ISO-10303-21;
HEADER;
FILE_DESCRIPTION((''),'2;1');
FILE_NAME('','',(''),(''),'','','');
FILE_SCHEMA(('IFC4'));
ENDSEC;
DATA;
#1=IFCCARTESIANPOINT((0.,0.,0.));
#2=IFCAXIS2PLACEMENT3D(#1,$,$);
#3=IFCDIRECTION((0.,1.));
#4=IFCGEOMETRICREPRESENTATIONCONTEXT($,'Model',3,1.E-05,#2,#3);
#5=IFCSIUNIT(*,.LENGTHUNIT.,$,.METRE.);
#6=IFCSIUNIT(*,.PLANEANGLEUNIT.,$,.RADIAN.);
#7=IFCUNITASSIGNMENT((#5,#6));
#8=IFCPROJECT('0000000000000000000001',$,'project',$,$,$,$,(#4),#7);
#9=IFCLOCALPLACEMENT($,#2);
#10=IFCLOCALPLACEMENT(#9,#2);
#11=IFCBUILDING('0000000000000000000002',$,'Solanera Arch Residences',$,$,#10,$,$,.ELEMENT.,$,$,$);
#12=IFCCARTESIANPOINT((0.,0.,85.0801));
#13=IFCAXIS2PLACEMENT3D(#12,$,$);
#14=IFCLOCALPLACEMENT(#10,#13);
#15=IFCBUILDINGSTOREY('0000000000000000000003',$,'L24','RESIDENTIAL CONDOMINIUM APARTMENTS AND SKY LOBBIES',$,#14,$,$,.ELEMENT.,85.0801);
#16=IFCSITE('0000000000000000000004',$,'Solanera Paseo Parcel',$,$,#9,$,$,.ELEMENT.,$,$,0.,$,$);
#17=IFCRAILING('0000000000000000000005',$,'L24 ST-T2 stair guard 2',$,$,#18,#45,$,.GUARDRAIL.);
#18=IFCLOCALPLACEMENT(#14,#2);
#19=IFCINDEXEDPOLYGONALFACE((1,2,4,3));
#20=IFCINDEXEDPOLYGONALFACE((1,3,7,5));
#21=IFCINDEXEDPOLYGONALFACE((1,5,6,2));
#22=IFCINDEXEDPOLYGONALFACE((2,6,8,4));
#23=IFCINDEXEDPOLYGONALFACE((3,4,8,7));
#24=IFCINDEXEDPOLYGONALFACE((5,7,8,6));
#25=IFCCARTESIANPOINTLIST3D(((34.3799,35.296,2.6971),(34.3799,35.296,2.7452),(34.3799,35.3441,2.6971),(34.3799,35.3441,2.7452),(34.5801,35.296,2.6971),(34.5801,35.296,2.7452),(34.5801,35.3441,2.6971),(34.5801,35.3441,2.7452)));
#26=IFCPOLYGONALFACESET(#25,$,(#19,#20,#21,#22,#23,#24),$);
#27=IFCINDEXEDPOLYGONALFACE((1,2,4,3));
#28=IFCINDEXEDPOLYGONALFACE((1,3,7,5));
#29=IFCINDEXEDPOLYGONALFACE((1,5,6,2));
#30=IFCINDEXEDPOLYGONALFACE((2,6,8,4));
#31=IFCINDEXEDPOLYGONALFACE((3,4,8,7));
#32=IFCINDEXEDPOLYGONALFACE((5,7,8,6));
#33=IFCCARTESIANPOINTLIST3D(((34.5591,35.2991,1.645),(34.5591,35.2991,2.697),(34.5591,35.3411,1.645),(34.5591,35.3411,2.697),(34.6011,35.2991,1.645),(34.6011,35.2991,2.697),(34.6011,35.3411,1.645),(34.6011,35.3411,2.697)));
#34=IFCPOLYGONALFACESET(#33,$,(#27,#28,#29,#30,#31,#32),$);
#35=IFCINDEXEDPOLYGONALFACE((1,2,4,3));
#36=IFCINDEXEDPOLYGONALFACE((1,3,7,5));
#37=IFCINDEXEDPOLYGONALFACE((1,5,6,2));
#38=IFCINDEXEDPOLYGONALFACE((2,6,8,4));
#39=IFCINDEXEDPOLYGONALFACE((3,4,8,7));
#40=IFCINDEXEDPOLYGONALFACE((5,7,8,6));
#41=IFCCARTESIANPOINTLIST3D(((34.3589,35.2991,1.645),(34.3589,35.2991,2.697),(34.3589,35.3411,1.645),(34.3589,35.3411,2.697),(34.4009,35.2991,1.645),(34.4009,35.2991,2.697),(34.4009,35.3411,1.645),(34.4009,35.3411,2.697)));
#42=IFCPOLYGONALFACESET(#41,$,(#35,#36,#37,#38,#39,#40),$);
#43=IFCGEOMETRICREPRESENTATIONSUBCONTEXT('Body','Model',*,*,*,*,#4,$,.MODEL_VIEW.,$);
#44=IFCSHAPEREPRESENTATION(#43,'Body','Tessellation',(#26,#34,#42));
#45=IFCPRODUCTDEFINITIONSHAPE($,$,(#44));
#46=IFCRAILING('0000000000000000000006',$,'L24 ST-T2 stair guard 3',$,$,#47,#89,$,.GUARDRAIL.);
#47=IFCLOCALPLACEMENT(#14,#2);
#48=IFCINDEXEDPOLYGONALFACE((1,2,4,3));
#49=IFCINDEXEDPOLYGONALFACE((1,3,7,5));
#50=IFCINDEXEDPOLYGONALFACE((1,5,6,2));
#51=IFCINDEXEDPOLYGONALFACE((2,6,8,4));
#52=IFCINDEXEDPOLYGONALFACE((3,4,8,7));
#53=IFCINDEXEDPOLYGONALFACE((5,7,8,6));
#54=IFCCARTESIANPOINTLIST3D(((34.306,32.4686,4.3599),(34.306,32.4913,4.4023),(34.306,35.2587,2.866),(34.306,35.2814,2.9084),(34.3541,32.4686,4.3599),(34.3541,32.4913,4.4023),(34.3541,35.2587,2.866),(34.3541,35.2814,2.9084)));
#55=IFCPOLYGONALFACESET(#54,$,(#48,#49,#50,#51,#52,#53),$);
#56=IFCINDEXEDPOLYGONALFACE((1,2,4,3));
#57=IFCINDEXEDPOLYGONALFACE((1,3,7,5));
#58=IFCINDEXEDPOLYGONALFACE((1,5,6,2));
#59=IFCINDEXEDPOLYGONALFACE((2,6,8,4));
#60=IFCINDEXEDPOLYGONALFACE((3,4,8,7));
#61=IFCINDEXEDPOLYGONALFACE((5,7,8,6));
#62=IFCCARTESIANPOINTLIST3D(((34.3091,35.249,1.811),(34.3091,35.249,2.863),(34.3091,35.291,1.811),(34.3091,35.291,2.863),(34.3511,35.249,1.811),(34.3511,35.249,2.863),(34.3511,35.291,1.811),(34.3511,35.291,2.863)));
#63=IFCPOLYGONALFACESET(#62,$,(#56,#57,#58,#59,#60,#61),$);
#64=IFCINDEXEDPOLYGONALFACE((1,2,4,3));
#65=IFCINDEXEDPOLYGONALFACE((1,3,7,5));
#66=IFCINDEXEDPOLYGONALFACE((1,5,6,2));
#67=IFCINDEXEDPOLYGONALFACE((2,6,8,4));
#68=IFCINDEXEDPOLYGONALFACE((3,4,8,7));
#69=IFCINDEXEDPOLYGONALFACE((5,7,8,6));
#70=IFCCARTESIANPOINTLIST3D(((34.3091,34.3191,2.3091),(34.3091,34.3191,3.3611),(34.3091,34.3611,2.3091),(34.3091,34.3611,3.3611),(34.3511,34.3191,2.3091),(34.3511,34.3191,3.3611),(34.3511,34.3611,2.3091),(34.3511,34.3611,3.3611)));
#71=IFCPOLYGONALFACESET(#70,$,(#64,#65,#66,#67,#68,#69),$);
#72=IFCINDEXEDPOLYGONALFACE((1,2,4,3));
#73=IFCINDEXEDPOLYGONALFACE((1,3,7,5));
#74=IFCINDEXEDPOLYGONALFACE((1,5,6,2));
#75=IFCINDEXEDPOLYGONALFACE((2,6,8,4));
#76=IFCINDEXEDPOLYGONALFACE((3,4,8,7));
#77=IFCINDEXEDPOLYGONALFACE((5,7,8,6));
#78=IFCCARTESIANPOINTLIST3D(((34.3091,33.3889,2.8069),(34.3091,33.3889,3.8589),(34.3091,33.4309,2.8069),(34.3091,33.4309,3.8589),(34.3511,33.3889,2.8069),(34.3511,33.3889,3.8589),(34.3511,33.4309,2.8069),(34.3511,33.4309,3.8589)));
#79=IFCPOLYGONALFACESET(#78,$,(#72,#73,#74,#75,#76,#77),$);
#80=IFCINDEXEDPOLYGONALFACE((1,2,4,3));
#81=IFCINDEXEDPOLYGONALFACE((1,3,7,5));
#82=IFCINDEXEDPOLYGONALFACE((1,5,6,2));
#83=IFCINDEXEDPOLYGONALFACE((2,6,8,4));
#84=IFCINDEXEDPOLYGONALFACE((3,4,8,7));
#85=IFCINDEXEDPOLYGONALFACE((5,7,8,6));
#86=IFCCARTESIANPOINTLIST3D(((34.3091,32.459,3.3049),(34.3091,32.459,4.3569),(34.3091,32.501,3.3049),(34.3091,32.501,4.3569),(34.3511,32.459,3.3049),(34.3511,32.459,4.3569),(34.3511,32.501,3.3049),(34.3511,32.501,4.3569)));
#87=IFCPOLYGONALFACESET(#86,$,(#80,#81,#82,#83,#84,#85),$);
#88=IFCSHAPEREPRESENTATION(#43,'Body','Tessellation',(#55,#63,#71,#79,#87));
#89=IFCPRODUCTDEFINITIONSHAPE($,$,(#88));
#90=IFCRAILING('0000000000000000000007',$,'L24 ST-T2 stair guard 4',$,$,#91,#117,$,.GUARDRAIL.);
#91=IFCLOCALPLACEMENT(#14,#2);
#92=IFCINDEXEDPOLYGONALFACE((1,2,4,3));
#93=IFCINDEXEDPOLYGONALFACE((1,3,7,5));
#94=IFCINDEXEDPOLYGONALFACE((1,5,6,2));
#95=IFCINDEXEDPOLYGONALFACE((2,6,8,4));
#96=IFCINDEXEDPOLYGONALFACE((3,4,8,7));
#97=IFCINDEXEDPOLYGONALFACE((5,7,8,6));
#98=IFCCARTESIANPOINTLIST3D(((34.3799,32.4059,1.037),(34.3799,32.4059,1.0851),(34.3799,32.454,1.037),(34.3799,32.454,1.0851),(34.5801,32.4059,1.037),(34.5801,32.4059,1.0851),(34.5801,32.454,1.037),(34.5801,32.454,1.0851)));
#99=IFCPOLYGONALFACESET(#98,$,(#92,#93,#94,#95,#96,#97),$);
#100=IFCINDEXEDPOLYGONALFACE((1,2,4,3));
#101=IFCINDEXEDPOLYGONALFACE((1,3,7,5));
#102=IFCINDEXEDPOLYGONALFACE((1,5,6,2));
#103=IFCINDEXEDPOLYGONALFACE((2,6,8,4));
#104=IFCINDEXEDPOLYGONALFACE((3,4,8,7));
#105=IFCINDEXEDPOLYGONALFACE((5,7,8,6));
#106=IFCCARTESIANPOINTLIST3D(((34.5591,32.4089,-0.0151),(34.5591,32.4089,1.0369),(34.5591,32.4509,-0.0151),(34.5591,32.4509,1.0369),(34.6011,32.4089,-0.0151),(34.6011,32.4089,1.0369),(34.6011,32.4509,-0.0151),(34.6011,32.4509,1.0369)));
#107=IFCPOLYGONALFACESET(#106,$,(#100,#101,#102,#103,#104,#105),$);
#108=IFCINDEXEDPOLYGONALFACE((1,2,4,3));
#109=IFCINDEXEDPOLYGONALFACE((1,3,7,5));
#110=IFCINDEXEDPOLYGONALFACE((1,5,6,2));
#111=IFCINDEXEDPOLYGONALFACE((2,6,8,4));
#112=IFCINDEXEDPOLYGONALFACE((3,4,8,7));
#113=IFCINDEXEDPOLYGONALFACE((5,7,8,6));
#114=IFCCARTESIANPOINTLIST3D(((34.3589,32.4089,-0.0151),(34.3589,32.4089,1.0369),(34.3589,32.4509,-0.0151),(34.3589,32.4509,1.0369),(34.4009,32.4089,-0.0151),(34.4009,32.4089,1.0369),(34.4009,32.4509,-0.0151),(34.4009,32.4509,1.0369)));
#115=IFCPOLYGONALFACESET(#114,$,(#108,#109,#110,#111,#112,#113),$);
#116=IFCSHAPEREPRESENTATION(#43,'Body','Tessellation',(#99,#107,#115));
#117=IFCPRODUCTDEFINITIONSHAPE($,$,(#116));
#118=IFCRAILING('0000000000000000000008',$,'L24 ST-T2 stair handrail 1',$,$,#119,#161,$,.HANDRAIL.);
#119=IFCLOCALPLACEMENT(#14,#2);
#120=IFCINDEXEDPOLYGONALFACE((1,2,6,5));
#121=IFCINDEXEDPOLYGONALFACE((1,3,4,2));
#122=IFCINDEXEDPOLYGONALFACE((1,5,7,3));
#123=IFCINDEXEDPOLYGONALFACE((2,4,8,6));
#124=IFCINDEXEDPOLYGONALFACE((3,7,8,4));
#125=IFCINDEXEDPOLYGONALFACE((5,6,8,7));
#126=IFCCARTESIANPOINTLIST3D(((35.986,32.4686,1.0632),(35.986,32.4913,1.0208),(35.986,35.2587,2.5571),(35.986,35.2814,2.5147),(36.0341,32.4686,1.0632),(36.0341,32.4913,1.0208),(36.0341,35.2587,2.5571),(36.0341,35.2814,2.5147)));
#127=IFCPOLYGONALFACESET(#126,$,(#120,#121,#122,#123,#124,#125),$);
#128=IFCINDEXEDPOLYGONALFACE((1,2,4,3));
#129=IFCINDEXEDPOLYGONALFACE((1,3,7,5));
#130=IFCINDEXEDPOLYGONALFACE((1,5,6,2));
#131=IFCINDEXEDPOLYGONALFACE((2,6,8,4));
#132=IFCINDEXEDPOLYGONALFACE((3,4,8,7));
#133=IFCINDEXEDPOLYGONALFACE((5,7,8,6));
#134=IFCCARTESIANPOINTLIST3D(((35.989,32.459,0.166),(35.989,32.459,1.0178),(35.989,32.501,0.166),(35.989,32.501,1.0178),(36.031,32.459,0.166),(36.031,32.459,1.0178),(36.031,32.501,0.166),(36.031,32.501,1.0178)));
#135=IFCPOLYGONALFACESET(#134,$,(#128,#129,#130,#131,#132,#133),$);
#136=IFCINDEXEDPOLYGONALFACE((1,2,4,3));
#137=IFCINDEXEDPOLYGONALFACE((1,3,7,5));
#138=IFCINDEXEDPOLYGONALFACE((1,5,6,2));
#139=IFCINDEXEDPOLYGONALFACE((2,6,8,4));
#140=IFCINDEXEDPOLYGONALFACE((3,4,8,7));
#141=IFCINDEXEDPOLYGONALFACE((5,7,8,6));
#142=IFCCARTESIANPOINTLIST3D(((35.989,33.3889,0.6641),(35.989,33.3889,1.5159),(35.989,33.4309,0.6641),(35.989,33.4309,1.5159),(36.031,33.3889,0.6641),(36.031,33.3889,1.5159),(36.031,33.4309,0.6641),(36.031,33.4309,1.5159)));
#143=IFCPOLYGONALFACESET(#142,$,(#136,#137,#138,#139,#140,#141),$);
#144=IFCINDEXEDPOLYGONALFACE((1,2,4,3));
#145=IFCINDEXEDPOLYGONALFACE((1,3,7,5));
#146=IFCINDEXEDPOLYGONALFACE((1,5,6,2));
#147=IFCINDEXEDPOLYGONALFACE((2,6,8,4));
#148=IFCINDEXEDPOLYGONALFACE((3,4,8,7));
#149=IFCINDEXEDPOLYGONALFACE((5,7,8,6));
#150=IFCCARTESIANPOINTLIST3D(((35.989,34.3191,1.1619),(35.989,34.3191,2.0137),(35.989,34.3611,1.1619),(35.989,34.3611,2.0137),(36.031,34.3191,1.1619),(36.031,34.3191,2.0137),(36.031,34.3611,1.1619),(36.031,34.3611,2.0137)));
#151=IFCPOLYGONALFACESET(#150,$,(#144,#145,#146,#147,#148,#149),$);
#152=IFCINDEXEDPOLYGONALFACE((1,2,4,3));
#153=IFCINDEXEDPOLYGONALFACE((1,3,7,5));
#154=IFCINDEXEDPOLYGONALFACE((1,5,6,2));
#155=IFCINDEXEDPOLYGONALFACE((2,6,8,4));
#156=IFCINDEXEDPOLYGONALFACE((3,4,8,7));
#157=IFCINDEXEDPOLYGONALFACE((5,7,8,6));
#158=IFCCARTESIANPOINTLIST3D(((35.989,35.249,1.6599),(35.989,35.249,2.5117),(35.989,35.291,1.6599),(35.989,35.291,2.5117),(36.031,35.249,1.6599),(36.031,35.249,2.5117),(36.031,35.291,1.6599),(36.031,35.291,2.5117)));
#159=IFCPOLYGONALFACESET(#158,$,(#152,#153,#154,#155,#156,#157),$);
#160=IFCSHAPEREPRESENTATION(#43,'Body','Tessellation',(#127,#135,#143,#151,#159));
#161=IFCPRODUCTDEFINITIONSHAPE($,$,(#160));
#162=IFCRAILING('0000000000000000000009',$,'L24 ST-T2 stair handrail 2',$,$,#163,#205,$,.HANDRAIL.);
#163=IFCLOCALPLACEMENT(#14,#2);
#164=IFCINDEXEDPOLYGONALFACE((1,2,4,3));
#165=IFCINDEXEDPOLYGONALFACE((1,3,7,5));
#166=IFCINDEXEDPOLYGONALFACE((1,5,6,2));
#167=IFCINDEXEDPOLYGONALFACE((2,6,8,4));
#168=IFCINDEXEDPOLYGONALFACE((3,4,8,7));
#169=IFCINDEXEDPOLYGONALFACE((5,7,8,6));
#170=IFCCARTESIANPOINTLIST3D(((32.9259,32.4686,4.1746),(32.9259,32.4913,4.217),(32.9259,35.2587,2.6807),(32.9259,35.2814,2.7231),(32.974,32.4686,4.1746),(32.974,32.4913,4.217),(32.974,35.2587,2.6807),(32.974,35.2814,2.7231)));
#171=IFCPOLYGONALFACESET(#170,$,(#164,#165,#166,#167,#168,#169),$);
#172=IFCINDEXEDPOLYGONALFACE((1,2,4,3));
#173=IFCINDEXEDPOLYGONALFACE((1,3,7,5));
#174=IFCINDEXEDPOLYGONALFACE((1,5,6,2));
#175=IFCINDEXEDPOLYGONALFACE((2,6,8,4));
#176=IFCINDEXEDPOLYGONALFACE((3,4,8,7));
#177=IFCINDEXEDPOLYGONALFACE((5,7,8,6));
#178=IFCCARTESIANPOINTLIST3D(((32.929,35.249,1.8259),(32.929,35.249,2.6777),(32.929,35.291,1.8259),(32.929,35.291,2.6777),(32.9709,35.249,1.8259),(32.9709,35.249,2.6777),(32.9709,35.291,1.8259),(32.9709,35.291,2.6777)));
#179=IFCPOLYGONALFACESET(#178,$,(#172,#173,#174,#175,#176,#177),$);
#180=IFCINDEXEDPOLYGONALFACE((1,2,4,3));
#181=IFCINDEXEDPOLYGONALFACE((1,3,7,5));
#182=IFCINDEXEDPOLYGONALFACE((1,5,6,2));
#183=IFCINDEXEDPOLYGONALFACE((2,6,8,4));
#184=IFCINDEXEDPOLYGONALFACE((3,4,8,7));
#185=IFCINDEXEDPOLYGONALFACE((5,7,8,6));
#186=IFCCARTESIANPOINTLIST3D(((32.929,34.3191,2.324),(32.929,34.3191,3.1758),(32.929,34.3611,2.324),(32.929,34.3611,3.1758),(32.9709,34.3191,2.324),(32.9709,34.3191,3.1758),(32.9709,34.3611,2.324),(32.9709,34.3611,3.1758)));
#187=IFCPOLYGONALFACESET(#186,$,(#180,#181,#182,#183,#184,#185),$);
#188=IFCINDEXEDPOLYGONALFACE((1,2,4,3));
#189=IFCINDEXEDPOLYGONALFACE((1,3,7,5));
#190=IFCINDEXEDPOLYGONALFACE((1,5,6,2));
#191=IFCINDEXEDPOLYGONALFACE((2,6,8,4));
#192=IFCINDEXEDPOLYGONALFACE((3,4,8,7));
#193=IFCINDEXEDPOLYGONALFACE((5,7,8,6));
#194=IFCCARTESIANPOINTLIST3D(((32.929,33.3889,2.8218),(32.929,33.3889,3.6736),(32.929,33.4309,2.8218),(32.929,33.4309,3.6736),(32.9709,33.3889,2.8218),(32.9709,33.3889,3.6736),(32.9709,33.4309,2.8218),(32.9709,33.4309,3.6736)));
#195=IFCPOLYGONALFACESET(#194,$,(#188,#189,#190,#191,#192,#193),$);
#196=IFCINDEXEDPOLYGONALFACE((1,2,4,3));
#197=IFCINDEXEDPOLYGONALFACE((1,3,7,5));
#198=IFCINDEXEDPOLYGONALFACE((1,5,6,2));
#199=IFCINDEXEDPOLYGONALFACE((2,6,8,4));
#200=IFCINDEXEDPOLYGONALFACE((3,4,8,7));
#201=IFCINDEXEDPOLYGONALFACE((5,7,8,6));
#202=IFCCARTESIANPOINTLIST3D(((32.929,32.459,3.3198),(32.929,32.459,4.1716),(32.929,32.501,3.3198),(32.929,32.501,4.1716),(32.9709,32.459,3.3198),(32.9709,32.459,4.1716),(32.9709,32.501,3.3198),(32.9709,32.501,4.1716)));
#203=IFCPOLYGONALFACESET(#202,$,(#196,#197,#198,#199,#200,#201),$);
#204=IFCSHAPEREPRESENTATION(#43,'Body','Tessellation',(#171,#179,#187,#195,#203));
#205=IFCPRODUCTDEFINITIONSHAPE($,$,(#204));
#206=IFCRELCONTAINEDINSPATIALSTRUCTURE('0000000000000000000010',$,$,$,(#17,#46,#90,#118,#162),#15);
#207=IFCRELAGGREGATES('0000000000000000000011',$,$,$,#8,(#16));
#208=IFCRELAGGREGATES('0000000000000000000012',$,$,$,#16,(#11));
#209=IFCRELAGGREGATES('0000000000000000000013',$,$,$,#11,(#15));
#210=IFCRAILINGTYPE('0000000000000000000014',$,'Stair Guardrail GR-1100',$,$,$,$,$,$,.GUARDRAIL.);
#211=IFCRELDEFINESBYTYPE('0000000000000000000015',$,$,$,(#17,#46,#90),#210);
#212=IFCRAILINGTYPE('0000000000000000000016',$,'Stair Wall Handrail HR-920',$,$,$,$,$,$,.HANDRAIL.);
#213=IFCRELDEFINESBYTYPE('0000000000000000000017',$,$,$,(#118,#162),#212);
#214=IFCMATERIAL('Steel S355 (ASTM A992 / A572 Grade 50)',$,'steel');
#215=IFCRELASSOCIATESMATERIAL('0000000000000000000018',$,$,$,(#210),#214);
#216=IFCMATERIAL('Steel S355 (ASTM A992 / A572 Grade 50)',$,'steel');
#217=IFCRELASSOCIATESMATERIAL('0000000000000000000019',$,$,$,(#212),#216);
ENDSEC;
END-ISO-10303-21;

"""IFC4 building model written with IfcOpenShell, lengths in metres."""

from ifc_helpers import new_model, si_unit, direction, frame, origin, origin_2d, place, context, subcontext, project, spatial, rectangle, extrude, material, type_object, element, save


model = new_model("IFC4")

# Units and contexts
model_context = context("Model", 3, precision=1e-05, world=origin(), true_north=direction((0.0, 1.0)))
body_context = subcontext(model_context, "Body", "Model", "MODEL_VIEW")
ifc_project = project(units=[si_unit("LENGTHUNIT", "METRE"), si_unit("PLANEANGLEUNIT", "RADIAN")], contexts=[model_context])

# Site, building, storey
site_placement = place(None, origin())
site = spatial("IfcSite", under=ifc_project, at=site_placement, Name="Solanera Paseo Parcel", CompositionType="ELEMENT", RefElevation=0.0)
building_placement = place(site_placement, origin())
building = spatial("IfcBuilding", under=site, at=building_placement, Name="Solanera Arch Residences", CompositionType="ELEMENT")
storey_placement = place(building_placement, frame((0.0, 0.0, 85.0801)))
storey = spatial("IfcBuildingStorey", under=building, at=storey_placement, Name="L24", Description="RESIDENTIAL CONDOMINIUM APARTMENTS AND SKY LOBBIES", CompositionType="ELEMENT", Elevation=85.0801)

# Railings
ifc_material_1 = material(Name="Steel S355 (ASTM A992 / A572 Grade 50)", Category="steel")
railing_type_1 = type_object("IfcRailingType", Name="Stair Guardrail GR-1100", PredefinedType="GUARDRAIL", material=ifc_material_1)
railing_1_placement = place(storey_placement, frame((34.5801, 35.3201, 1.645)))
element("IfcRailing", 1, at=railing_1_placement, inside=storey, type_object=railing_type_1, Name="L24 ST-T2 stair guard 2", PredefinedType="GUARDRAIL", context=body_context, shape_type="SweptSolid", body=[
    extrude(rectangle(XDim=0.0481, YDim=0.0481, at=origin_2d()), frame((0.0, 0.0, 1.0762), z_axis=(-1.0, 0.0, 0.0), x_axis=(0.0, -1.0, 0.0)), (0.0, 0.0, 1.0), 0.2002),
    extrude(rectangle(XDim=0.042, YDim=0.042, at=origin_2d()), origin(), (0.0, 0.0, 1.0), 1.052),
    extrude(rectangle(XDim=0.042, YDim=0.042, at=origin_2d()), frame((-0.2002, 0.0, 0.0)), (0.0, 0.0, 1.0), 1.052),
])
railing_2_placement = place(storey_placement, frame((34.3301, 35.27, 1.811)))
element("IfcRailing", 2, at=railing_2_placement, inside=storey, type_object=railing_type_1, Name="L24 ST-T2 stair guard 3", PredefinedType="GUARDRAIL", context=body_context, shape_type="SweptSolid", body=[
    extrude(rectangle(XDim=0.0481, YDim=0.0481, at=origin_2d()), frame((0.0, 0.0, 1.0762), z_axis=(0.0, -0.881581, 0.472033), x_axis=(1.0, 0.0, 0.0)), (0.0, 0.0, 1.0), 3.1648),
    extrude(rectangle(XDim=0.042, YDim=0.042, at=origin_2d()), origin(), (0.0, 0.0, 1.0), 1.052),
    extrude(rectangle(XDim=0.042, YDim=0.042, at=origin_2d()), frame((0.0, -0.9299, 0.498)), (0.0, 0.0, 1.0), 1.052),
    extrude(rectangle(XDim=0.042, YDim=0.042, at=origin_2d()), frame((0.0, -1.8601, 0.9958)), (0.0, 0.0, 1.0), 1.052),
    extrude(rectangle(XDim=0.042, YDim=0.042, at=origin_2d()), frame((0.0, -2.79, 1.4939)), (0.0, 0.0, 1.0), 1.052),
])
railing_3_placement = place(storey_placement, frame((34.5801, 32.4299, -0.0151)))
element("IfcRailing", 3, at=railing_3_placement, inside=storey, type_object=railing_type_1, Name="L24 ST-T2 stair guard 4", PredefinedType="GUARDRAIL", context=body_context, shape_type="SweptSolid", body=[
    extrude(rectangle(XDim=0.0481, YDim=0.0481, at=origin_2d()), frame((0.0, 0.0, 1.0762), z_axis=(-1.0, 0.0, 0.0), x_axis=(0.0, -1.0, 0.0)), (0.0, 0.0, 1.0), 0.2002),
    extrude(rectangle(XDim=0.042, YDim=0.042, at=origin_2d()), origin(), (0.0, 0.0, 1.0), 1.052),
    extrude(rectangle(XDim=0.042, YDim=0.042, at=origin_2d()), frame((-0.2002, 0.0, 0.0)), (0.0, 0.0, 1.0), 1.052),
])
ifc_material_2 = material(Name="Steel S355 (ASTM A992 / A572 Grade 50)", Category="steel")
railing_type_2 = type_object("IfcRailingType", Name="Stair Wall Handrail HR-920", PredefinedType="HANDRAIL", material=ifc_material_2)
railing_4_placement = place(storey_placement, frame((36.01, 32.48, 0.166)))
element("IfcRailing", 4, at=railing_4_placement, inside=storey, type_object=railing_type_2, Name="L24 ST-T2 stair handrail 1", PredefinedType="HANDRAIL", context=body_context, shape_type="SweptSolid", body=[
    extrude(rectangle(XDim=0.0481, YDim=0.0481, at=origin_2d()), frame((0.0, 0.0, 0.876), z_axis=(0.0, 0.881581, 0.472033), x_axis=(-1.0, 0.0, 0.0)), (0.0, 0.0, 1.0), 3.1648),
    extrude(rectangle(XDim=0.042, YDim=0.042, at=origin_2d()), origin(), (0.0, 0.0, 1.0), 0.8518),
    extrude(rectangle(XDim=0.042, YDim=0.042, at=origin_2d()), frame((0.0, 0.9299, 0.498)), (0.0, 0.0, 1.0), 0.8518),
    extrude(rectangle(XDim=0.042, YDim=0.042, at=origin_2d()), frame((0.0, 1.8601, 0.9958)), (0.0, 0.0, 1.0), 0.8518),
    extrude(rectangle(XDim=0.042, YDim=0.042, at=origin_2d()), frame((0.0, 2.79, 1.4939)), (0.0, 0.0, 1.0), 0.8518),
])
railing_5_placement = place(storey_placement, frame((32.95, 35.27, 1.8259)))
element("IfcRailing", 5, at=railing_5_placement, inside=storey, type_object=railing_type_2, Name="L24 ST-T2 stair handrail 2", PredefinedType="HANDRAIL", context=body_context, shape_type="SweptSolid", body=[
    extrude(rectangle(XDim=0.0481, YDim=0.0481, at=origin_2d()), frame((0.0, 0.0, 0.876), z_axis=(0.0, -0.881581, 0.472033), x_axis=(1.0, 0.0, 0.0)), (0.0, 0.0, 1.0), 3.1648),
    extrude(rectangle(XDim=0.042, YDim=0.042, at=origin_2d()), origin(), (0.0, 0.0, 1.0), 0.8518),
    extrude(rectangle(XDim=0.042, YDim=0.042, at=origin_2d()), frame((0.0, -0.9299, 0.498)), (0.0, 0.0, 1.0), 0.8518),
    extrude(rectangle(XDim=0.042, YDim=0.042, at=origin_2d()), frame((0.0, -1.8601, 0.9958)), (0.0, 0.0, 1.0), 0.8518),
    extrude(rectangle(XDim=0.042, YDim=0.042, at=origin_2d()), frame((0.0, -2.79, 1.4939)), (0.0, 0.0, 1.0), 0.8518),
])

save(model, "model.ifc")
